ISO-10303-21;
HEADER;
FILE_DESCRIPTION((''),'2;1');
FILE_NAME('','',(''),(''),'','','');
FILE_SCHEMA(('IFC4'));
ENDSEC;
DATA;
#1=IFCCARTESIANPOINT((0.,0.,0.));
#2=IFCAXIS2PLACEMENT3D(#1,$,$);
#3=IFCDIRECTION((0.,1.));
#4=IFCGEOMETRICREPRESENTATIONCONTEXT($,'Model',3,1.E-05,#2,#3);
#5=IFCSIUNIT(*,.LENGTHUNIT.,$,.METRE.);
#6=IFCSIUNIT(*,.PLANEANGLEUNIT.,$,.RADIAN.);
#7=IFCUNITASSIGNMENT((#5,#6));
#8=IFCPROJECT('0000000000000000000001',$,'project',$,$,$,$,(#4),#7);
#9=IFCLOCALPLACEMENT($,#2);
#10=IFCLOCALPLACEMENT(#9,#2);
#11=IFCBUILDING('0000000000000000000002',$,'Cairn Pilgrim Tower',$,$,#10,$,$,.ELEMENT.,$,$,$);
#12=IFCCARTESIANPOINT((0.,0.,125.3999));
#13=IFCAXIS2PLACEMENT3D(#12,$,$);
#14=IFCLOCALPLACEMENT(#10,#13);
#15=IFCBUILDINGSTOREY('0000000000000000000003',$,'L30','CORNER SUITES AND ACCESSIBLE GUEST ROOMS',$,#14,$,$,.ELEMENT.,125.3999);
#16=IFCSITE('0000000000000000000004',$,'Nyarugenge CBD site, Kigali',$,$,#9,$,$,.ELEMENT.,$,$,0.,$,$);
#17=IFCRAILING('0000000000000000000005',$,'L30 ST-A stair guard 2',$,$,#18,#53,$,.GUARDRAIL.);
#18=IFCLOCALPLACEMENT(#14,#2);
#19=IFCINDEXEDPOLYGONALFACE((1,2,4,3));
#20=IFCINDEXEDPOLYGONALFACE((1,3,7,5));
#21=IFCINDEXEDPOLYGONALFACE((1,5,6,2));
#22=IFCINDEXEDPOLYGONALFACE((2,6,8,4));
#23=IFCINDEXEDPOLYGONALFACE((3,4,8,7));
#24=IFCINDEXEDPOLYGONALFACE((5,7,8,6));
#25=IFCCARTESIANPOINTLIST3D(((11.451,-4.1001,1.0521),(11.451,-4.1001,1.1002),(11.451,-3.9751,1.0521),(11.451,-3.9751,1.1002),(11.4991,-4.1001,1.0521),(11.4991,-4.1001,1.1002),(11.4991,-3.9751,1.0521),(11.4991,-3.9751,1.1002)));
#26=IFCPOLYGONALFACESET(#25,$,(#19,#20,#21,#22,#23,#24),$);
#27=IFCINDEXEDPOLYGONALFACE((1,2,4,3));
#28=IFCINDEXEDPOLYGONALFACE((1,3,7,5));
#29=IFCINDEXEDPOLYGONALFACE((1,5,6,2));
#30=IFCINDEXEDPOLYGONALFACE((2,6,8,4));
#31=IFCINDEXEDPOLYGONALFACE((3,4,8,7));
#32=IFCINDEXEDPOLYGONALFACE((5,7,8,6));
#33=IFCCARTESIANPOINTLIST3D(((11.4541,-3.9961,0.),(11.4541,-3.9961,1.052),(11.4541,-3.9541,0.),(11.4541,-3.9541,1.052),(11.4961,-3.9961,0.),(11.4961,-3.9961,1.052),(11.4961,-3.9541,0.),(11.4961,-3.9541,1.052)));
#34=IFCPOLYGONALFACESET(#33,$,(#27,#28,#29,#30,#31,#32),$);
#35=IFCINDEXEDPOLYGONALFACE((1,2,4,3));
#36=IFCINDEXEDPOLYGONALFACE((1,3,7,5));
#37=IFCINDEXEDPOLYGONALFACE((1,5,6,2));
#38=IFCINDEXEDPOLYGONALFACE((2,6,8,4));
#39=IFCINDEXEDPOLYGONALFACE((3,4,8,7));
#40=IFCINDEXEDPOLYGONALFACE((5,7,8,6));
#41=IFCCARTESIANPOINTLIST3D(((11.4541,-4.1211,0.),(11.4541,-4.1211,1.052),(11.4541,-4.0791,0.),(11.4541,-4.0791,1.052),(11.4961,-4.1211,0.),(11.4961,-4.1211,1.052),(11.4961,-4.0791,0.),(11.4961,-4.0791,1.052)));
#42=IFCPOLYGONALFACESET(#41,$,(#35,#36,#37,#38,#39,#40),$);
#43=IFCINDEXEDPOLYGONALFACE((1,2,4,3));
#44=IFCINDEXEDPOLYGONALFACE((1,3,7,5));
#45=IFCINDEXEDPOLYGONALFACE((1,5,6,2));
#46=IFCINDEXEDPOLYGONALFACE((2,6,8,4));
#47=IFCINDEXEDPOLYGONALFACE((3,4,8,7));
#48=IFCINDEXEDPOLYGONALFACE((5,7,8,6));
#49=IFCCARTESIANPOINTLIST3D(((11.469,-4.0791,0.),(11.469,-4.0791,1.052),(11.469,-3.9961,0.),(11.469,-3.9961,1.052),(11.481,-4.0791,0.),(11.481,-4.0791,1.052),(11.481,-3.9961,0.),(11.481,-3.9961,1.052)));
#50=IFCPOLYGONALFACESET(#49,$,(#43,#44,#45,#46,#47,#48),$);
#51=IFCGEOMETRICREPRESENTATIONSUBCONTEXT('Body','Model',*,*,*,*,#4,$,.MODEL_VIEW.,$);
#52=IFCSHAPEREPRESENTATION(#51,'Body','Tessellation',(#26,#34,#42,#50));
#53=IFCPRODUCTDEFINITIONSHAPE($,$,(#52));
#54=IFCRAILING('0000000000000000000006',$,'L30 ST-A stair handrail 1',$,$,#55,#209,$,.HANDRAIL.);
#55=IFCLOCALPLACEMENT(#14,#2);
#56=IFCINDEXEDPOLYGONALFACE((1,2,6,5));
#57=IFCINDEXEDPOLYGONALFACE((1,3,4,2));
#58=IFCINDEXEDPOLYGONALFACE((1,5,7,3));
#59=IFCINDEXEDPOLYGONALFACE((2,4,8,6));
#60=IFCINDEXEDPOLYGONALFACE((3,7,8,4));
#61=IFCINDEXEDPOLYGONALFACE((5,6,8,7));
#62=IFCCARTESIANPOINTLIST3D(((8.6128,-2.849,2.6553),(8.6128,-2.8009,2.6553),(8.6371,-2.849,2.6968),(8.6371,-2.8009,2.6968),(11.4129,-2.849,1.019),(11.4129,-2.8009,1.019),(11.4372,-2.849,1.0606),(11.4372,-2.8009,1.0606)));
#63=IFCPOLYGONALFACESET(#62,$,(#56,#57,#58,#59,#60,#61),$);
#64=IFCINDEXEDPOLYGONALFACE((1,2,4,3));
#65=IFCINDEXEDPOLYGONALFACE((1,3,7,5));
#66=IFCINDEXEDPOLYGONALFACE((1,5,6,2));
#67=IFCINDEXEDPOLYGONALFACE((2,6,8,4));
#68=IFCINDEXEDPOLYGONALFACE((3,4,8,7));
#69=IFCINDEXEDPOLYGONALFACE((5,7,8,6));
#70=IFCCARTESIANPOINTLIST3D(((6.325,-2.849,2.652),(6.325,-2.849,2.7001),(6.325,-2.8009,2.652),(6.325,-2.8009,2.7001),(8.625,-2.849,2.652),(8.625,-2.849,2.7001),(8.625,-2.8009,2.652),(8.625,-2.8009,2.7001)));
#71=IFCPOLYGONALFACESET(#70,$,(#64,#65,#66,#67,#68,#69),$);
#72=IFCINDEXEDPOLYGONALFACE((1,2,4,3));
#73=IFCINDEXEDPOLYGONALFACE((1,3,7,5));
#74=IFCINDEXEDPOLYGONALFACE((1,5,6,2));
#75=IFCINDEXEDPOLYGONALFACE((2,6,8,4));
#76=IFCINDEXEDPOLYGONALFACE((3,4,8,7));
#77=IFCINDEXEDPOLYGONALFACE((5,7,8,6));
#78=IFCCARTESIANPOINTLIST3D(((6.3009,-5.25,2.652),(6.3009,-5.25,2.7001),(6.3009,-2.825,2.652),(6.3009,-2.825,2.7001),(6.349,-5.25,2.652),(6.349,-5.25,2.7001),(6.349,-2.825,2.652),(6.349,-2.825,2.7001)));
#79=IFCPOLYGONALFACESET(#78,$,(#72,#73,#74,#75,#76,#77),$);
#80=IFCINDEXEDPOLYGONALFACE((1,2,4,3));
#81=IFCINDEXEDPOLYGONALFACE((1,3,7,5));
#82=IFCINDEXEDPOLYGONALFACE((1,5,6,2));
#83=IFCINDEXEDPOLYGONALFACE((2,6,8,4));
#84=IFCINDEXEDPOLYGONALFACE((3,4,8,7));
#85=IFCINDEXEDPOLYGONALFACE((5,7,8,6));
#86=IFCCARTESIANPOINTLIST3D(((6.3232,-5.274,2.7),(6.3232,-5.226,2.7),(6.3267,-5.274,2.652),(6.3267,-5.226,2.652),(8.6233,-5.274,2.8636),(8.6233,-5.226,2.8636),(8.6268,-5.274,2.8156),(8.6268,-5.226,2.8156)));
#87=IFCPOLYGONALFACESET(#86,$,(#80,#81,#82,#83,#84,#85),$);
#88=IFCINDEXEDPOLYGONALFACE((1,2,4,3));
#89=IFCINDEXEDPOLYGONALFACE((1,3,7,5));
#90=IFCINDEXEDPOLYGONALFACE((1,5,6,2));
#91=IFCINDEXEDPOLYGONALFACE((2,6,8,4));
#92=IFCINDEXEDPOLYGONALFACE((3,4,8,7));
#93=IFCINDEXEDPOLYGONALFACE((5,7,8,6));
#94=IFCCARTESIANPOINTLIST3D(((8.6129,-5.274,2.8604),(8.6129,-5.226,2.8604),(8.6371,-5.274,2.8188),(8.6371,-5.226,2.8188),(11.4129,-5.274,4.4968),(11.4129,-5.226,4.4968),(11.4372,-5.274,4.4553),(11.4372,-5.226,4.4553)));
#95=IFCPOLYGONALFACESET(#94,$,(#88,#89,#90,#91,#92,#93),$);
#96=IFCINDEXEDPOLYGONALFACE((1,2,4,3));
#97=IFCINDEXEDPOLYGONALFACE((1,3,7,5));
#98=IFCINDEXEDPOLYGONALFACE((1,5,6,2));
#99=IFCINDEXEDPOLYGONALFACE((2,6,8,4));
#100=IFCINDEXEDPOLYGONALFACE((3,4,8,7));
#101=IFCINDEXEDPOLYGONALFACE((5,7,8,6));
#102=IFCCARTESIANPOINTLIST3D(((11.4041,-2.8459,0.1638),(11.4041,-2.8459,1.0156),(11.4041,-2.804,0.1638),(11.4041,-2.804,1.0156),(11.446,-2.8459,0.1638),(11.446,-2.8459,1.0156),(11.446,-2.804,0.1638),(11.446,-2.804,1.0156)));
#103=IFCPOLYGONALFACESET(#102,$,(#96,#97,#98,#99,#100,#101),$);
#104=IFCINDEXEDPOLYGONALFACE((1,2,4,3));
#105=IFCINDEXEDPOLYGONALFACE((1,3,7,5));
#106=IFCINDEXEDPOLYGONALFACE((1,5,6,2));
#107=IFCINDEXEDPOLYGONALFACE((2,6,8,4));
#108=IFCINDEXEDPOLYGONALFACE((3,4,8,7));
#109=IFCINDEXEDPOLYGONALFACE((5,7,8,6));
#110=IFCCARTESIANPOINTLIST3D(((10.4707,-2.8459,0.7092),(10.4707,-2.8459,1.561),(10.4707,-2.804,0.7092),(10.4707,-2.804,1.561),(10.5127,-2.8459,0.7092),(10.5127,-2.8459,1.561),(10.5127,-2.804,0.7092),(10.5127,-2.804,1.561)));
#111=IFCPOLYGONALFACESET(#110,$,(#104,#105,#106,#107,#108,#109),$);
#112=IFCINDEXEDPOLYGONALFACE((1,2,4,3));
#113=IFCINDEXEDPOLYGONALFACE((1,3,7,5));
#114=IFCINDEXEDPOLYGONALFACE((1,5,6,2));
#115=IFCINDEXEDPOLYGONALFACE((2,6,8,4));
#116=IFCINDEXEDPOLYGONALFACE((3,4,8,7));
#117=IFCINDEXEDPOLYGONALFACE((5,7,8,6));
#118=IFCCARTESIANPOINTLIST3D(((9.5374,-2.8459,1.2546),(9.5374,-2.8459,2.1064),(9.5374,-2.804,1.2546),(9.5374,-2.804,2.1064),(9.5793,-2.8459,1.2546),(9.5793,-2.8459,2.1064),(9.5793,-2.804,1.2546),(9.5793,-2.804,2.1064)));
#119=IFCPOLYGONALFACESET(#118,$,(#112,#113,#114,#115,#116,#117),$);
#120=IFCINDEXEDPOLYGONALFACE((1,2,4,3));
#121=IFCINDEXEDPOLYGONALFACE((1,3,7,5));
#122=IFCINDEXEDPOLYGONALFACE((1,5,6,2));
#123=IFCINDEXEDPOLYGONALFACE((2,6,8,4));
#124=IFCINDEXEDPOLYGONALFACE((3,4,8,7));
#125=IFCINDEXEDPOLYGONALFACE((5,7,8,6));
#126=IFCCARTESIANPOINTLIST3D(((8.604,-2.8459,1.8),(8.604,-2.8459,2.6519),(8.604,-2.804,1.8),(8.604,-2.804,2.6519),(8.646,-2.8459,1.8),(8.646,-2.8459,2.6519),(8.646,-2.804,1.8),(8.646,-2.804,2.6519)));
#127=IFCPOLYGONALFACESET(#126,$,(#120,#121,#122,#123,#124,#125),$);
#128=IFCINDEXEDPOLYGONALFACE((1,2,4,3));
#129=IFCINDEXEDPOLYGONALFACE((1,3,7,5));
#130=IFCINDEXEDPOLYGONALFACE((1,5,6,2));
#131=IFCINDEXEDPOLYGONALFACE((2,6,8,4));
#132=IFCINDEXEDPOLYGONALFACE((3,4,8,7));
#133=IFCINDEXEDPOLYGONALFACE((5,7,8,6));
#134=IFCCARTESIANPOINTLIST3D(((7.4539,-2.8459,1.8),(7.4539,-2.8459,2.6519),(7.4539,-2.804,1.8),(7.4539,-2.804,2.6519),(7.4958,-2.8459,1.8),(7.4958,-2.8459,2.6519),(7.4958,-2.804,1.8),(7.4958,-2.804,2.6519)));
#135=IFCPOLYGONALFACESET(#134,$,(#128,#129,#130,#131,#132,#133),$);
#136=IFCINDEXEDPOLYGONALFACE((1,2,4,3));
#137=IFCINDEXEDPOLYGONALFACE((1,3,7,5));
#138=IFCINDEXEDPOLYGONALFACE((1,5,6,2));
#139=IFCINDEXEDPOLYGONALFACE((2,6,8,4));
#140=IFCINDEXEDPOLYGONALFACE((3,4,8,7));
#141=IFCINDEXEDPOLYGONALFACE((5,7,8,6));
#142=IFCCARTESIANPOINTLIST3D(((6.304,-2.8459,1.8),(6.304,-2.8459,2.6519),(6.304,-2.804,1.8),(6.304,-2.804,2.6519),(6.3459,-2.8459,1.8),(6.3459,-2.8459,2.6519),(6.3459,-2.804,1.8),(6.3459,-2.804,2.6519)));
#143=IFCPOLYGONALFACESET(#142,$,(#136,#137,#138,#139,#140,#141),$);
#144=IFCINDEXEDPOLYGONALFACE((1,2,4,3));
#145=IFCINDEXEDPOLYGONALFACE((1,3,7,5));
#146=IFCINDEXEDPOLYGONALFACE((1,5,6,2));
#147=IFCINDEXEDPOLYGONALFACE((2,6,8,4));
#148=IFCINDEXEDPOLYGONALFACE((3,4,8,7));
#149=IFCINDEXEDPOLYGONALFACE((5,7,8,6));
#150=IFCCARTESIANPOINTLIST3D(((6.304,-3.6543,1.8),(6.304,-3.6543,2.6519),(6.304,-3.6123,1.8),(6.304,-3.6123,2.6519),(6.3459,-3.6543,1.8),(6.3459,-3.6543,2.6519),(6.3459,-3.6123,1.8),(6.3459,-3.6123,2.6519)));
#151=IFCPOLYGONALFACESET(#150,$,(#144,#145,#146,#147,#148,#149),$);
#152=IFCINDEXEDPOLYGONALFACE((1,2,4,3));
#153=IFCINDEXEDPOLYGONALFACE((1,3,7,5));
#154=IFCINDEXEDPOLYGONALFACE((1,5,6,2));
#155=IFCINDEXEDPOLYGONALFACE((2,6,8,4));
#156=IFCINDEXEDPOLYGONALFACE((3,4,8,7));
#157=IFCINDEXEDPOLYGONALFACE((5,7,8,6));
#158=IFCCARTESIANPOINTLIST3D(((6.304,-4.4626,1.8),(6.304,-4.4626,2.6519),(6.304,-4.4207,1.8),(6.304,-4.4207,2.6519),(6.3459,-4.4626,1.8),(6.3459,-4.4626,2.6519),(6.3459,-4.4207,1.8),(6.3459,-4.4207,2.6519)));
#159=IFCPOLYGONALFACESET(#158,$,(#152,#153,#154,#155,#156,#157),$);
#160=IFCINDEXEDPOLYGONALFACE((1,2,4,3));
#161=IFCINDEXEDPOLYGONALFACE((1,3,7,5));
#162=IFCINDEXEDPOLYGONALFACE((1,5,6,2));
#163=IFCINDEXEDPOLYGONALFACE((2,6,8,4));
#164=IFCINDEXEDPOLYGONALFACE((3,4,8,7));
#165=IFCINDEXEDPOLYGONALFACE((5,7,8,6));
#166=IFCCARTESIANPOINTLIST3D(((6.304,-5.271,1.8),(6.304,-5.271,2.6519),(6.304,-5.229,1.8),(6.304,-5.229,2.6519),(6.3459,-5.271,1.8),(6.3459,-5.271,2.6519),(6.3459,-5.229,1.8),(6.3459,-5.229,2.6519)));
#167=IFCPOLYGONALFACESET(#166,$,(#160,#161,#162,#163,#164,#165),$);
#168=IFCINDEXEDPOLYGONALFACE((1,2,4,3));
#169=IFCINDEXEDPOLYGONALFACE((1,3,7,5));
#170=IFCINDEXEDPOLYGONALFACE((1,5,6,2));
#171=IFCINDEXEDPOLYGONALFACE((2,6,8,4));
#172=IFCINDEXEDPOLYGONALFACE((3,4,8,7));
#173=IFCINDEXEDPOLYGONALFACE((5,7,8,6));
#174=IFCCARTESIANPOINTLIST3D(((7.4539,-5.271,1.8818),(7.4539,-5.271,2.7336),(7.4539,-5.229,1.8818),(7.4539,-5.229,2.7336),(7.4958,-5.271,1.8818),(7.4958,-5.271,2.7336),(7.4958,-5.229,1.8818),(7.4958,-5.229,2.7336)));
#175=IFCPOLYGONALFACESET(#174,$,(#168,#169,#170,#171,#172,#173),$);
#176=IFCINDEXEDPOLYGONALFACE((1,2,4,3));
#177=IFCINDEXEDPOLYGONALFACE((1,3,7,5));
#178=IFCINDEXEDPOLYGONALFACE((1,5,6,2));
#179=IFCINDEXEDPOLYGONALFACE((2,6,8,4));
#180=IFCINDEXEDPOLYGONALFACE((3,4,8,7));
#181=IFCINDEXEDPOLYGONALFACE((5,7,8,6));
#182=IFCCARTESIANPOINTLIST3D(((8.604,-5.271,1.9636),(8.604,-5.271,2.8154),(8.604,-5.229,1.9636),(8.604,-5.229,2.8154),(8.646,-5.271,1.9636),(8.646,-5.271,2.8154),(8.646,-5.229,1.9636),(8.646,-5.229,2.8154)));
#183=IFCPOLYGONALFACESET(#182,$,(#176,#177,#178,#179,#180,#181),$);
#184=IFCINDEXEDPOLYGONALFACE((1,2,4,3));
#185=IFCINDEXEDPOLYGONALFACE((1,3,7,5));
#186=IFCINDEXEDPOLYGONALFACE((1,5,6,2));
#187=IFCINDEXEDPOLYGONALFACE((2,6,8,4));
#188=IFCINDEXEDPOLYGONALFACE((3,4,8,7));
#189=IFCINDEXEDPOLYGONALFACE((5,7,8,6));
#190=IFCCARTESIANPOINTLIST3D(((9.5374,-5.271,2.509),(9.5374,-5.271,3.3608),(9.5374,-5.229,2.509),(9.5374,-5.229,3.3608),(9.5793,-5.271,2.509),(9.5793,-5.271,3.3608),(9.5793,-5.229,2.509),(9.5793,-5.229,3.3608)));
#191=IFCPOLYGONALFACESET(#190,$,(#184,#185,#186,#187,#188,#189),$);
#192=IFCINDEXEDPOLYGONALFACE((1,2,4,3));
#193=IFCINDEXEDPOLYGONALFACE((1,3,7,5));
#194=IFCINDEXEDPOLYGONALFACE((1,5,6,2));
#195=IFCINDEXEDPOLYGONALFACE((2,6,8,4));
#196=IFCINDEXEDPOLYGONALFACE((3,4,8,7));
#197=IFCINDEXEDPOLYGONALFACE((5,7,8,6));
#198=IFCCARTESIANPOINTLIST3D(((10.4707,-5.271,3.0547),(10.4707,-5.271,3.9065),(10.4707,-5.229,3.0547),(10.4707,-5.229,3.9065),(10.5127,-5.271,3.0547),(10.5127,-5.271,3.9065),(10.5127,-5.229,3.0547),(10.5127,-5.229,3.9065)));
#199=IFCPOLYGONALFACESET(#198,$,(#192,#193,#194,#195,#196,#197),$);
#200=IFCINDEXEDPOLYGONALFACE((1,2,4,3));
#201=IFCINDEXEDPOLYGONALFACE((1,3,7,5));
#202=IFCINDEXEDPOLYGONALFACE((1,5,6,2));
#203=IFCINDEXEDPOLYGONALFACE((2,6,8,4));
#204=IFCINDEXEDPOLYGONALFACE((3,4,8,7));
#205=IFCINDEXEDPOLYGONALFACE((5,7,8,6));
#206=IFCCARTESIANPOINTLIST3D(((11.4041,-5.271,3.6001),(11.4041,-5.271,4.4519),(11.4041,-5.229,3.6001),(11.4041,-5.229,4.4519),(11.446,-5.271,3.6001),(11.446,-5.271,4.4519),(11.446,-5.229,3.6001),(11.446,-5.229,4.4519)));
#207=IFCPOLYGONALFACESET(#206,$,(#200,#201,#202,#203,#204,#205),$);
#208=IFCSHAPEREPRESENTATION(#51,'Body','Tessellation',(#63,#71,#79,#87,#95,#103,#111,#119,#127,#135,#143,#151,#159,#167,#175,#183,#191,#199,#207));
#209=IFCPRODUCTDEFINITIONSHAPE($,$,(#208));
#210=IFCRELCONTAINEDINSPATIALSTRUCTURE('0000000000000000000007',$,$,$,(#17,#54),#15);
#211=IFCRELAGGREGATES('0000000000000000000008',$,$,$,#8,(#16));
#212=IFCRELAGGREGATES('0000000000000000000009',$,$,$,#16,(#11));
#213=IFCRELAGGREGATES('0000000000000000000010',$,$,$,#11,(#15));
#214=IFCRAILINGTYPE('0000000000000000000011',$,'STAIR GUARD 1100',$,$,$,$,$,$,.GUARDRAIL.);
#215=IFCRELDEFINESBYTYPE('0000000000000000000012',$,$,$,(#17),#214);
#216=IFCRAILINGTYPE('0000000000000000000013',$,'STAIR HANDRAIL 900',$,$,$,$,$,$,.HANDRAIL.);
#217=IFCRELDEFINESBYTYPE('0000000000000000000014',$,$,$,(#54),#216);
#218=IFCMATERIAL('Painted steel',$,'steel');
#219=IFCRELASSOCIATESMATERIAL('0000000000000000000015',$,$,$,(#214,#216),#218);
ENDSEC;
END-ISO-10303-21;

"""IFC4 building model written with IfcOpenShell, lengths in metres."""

from ifc_helpers import new_model, si_unit, direction, frame, origin, origin_2d, place, context, subcontext, project, spatial, polyline, rectangle, outline, extrude, material, type_object, element, save


model = new_model("IFC4")

# Units and contexts
model_context = context("Model", 3, precision=1e-05, world=origin(), true_north=direction((0.0, 1.0)))
body_context = subcontext(model_context, "Body", "Model", "MODEL_VIEW")
ifc_project = project(units=[si_unit("LENGTHUNIT", "METRE"), si_unit("PLANEANGLEUNIT", "RADIAN")], contexts=[model_context])

# Site, building, storey
site_placement = place(None, origin())
site = spatial("IfcSite", under=ifc_project, at=site_placement, Name="Nyarugenge CBD site, Kigali", CompositionType="ELEMENT", RefElevation=0.0)
building_placement = place(site_placement, origin())
building = spatial("IfcBuilding", under=site, at=building_placement, Name="Cairn Pilgrim Tower", CompositionType="ELEMENT")
storey_placement = place(building_placement, frame((0.0, 0.0, 125.3999)))
storey = spatial("IfcBuildingStorey", under=building, at=storey_placement, Name="L30", Description="CORNER SUITES AND ACCESSIBLE GUEST ROOMS", CompositionType="ELEMENT", Elevation=125.3999)

# Shared definitions
ifc_material_1 = material(Name="Painted steel", Category="steel")

# Railings
railing_type_1 = type_object("IfcRailingType", Name="STAIR GUARD 1100", PredefinedType="GUARDRAIL", material=ifc_material_1)
railing_1_placement = place(storey_placement, frame((11.4751, -3.9751, 0.0)))
element("IfcRailing", 1, at=railing_1_placement, inside=storey, type_object=railing_type_1, Name="L30 ST-A stair guard 2", PredefinedType="GUARDRAIL", context=body_context, shape_type="SweptSolid", body=[
    extrude(rectangle(XDim=0.0481, YDim=0.0481, at=origin_2d()), frame((0.0, 0.0, 1.0762), z_axis=(0.0, -1.0, 0.0), x_axis=(1.0, 0.0, 0.0)), (0.0, 0.0, 1.0), 0.125),
    extrude(rectangle(XDim=0.042, YDim=0.042, at=origin_2d()), origin(), (0.0, 0.0, 1.0), 1.052),
    extrude(rectangle(XDim=0.042, YDim=0.042, at=origin_2d()), frame((0.0, -0.125, 0.0)), (0.0, 0.0, 1.0), 1.052),
    extrude(outline(polyline([(0.021, 0.0), (0.104, 0.0), (0.104, 1.052), (0.021, 1.052), (0.021, 0.0)])), frame((0.0059, 0.0, 0.0), z_axis=(-1.0, 0.0, 0.0), x_axis=(0.0, -1.0, 0.0)), (0.0, 0.0, 1.0), 0.012),
])
railing_type_2 = type_object("IfcRailingType", Name="STAIR HANDRAIL 900", PredefinedType="HANDRAIL", material=ifc_material_1)
railing_2_placement = place(storey_placement, frame((11.425, -2.825, 0.1638)))
element("IfcRailing", 2, at=railing_2_placement, inside=storey, type_object=railing_type_2, Name="L30 ST-A stair handrail 1", PredefinedType="HANDRAIL", context=body_context, shape_type="SweptSolid", body=[
    extrude(rectangle(XDim=0.0481, YDim=0.0481, at=origin_2d()), frame((0.0, 0.0, 0.876), z_axis=(-0.863394, 0.0, 0.504531), x_axis=(0.0, -1.0, 0.0)), (0.0, 0.0, 1.0), 3.2432),
    extrude(rectangle(XDim=0.0481, YDim=0.0481, at=origin_2d()), frame((-2.8, 0.0, 2.5122), z_axis=(-1.0, 0.0, 0.0), x_axis=(0.0, -1.0, 0.0)), (0.0, 0.0, 1.0), 2.3),
    extrude(rectangle(XDim=0.0481, YDim=0.0481, at=origin_2d()), frame((-5.1001, 0.0, 2.5122), z_axis=(0.0, -1.0, 0.0), x_axis=(1.0, 0.0, 0.0)), (0.0, 0.0, 1.0), 2.425),
    extrude(rectangle(XDim=0.0481, YDim=0.0481, at=origin_2d()), frame((-5.1001, -2.425, 2.5122), z_axis=(0.997481, 0.0, 0.070939), x_axis=(0.0, 1.0, 0.0)), (0.0, 0.0, 1.0), 2.3059),
    extrude(rectangle(XDim=0.0481, YDim=0.0481, at=origin_2d()), frame((-2.8, -2.425, 2.6758), z_axis=(0.863361, 0.0, 0.504587), x_axis=(0.0, 1.0, 0.0)), (0.0, 0.0, 1.0), 3.2432),
    extrude(rectangle(XDim=0.042, YDim=0.042, at=origin_2d()), origin(), (0.0, 0.0, 1.0), 0.8518),
    extrude(rectangle(XDim=0.042, YDim=0.042, at=origin_2d()), frame((-0.9333, 0.0, 0.5454)), (0.0, 0.0, 1.0), 0.8518),
    extrude(rectangle(XDim=0.042, YDim=0.042, at=origin_2d()), frame((-1.8667, 0.0, 1.0908)), (0.0, 0.0, 1.0), 0.8518),
    extrude(rectangle(XDim=0.042, YDim=0.042, at=origin_2d()), frame((-2.8, 0.0, 1.6362)), (0.0, 0.0, 1.0), 0.8518),
    extrude(rectangle(XDim=0.042, YDim=0.042, at=origin_2d()), frame((-3.9502, 0.0, 1.6362)), (0.0, 0.0, 1.0), 0.8518),
    extrude(rectangle(XDim=0.042, YDim=0.042, at=origin_2d()), frame((-5.1001, 0.0, 1.6362)), (0.0, 0.0, 1.0), 0.8518),
    extrude(rectangle(XDim=0.042, YDim=0.042, at=origin_2d()), frame((-5.1001, -0.8083, 1.6362)), (0.0, 0.0, 1.0), 0.8518),
    extrude(rectangle(XDim=0.042, YDim=0.042, at=origin_2d()), frame((-5.1001, -1.6167, 1.6362)), (0.0, 0.0, 1.0), 0.8518),
    extrude(rectangle(XDim=0.042, YDim=0.042, at=origin_2d()), frame((-5.1001, -2.425, 1.6362)), (0.0, 0.0, 1.0), 0.8518),
    extrude(rectangle(XDim=0.042, YDim=0.042, at=origin_2d()), frame((-3.9502, -2.425, 1.718)), (0.0, 0.0, 1.0), 0.8518),
    extrude(rectangle(XDim=0.042, YDim=0.042, at=origin_2d()), frame((-2.8, -2.425, 1.7998)), (0.0, 0.0, 1.0), 0.8518),
    extrude(rectangle(XDim=0.042, YDim=0.042, at=origin_2d()), frame((-1.8667, -2.425, 2.3452)), (0.0, 0.0, 1.0), 0.8518),
    extrude(rectangle(XDim=0.042, YDim=0.042, at=origin_2d()), frame((-0.9333, -2.425, 2.8909)), (0.0, 0.0, 1.0), 0.8518),
    extrude(rectangle(XDim=0.042, YDim=0.042, at=origin_2d()), frame((0.0, -2.425, 3.4363)), (0.0, 0.0, 1.0), 0.8518),
])

save(model, "model.ifc")
